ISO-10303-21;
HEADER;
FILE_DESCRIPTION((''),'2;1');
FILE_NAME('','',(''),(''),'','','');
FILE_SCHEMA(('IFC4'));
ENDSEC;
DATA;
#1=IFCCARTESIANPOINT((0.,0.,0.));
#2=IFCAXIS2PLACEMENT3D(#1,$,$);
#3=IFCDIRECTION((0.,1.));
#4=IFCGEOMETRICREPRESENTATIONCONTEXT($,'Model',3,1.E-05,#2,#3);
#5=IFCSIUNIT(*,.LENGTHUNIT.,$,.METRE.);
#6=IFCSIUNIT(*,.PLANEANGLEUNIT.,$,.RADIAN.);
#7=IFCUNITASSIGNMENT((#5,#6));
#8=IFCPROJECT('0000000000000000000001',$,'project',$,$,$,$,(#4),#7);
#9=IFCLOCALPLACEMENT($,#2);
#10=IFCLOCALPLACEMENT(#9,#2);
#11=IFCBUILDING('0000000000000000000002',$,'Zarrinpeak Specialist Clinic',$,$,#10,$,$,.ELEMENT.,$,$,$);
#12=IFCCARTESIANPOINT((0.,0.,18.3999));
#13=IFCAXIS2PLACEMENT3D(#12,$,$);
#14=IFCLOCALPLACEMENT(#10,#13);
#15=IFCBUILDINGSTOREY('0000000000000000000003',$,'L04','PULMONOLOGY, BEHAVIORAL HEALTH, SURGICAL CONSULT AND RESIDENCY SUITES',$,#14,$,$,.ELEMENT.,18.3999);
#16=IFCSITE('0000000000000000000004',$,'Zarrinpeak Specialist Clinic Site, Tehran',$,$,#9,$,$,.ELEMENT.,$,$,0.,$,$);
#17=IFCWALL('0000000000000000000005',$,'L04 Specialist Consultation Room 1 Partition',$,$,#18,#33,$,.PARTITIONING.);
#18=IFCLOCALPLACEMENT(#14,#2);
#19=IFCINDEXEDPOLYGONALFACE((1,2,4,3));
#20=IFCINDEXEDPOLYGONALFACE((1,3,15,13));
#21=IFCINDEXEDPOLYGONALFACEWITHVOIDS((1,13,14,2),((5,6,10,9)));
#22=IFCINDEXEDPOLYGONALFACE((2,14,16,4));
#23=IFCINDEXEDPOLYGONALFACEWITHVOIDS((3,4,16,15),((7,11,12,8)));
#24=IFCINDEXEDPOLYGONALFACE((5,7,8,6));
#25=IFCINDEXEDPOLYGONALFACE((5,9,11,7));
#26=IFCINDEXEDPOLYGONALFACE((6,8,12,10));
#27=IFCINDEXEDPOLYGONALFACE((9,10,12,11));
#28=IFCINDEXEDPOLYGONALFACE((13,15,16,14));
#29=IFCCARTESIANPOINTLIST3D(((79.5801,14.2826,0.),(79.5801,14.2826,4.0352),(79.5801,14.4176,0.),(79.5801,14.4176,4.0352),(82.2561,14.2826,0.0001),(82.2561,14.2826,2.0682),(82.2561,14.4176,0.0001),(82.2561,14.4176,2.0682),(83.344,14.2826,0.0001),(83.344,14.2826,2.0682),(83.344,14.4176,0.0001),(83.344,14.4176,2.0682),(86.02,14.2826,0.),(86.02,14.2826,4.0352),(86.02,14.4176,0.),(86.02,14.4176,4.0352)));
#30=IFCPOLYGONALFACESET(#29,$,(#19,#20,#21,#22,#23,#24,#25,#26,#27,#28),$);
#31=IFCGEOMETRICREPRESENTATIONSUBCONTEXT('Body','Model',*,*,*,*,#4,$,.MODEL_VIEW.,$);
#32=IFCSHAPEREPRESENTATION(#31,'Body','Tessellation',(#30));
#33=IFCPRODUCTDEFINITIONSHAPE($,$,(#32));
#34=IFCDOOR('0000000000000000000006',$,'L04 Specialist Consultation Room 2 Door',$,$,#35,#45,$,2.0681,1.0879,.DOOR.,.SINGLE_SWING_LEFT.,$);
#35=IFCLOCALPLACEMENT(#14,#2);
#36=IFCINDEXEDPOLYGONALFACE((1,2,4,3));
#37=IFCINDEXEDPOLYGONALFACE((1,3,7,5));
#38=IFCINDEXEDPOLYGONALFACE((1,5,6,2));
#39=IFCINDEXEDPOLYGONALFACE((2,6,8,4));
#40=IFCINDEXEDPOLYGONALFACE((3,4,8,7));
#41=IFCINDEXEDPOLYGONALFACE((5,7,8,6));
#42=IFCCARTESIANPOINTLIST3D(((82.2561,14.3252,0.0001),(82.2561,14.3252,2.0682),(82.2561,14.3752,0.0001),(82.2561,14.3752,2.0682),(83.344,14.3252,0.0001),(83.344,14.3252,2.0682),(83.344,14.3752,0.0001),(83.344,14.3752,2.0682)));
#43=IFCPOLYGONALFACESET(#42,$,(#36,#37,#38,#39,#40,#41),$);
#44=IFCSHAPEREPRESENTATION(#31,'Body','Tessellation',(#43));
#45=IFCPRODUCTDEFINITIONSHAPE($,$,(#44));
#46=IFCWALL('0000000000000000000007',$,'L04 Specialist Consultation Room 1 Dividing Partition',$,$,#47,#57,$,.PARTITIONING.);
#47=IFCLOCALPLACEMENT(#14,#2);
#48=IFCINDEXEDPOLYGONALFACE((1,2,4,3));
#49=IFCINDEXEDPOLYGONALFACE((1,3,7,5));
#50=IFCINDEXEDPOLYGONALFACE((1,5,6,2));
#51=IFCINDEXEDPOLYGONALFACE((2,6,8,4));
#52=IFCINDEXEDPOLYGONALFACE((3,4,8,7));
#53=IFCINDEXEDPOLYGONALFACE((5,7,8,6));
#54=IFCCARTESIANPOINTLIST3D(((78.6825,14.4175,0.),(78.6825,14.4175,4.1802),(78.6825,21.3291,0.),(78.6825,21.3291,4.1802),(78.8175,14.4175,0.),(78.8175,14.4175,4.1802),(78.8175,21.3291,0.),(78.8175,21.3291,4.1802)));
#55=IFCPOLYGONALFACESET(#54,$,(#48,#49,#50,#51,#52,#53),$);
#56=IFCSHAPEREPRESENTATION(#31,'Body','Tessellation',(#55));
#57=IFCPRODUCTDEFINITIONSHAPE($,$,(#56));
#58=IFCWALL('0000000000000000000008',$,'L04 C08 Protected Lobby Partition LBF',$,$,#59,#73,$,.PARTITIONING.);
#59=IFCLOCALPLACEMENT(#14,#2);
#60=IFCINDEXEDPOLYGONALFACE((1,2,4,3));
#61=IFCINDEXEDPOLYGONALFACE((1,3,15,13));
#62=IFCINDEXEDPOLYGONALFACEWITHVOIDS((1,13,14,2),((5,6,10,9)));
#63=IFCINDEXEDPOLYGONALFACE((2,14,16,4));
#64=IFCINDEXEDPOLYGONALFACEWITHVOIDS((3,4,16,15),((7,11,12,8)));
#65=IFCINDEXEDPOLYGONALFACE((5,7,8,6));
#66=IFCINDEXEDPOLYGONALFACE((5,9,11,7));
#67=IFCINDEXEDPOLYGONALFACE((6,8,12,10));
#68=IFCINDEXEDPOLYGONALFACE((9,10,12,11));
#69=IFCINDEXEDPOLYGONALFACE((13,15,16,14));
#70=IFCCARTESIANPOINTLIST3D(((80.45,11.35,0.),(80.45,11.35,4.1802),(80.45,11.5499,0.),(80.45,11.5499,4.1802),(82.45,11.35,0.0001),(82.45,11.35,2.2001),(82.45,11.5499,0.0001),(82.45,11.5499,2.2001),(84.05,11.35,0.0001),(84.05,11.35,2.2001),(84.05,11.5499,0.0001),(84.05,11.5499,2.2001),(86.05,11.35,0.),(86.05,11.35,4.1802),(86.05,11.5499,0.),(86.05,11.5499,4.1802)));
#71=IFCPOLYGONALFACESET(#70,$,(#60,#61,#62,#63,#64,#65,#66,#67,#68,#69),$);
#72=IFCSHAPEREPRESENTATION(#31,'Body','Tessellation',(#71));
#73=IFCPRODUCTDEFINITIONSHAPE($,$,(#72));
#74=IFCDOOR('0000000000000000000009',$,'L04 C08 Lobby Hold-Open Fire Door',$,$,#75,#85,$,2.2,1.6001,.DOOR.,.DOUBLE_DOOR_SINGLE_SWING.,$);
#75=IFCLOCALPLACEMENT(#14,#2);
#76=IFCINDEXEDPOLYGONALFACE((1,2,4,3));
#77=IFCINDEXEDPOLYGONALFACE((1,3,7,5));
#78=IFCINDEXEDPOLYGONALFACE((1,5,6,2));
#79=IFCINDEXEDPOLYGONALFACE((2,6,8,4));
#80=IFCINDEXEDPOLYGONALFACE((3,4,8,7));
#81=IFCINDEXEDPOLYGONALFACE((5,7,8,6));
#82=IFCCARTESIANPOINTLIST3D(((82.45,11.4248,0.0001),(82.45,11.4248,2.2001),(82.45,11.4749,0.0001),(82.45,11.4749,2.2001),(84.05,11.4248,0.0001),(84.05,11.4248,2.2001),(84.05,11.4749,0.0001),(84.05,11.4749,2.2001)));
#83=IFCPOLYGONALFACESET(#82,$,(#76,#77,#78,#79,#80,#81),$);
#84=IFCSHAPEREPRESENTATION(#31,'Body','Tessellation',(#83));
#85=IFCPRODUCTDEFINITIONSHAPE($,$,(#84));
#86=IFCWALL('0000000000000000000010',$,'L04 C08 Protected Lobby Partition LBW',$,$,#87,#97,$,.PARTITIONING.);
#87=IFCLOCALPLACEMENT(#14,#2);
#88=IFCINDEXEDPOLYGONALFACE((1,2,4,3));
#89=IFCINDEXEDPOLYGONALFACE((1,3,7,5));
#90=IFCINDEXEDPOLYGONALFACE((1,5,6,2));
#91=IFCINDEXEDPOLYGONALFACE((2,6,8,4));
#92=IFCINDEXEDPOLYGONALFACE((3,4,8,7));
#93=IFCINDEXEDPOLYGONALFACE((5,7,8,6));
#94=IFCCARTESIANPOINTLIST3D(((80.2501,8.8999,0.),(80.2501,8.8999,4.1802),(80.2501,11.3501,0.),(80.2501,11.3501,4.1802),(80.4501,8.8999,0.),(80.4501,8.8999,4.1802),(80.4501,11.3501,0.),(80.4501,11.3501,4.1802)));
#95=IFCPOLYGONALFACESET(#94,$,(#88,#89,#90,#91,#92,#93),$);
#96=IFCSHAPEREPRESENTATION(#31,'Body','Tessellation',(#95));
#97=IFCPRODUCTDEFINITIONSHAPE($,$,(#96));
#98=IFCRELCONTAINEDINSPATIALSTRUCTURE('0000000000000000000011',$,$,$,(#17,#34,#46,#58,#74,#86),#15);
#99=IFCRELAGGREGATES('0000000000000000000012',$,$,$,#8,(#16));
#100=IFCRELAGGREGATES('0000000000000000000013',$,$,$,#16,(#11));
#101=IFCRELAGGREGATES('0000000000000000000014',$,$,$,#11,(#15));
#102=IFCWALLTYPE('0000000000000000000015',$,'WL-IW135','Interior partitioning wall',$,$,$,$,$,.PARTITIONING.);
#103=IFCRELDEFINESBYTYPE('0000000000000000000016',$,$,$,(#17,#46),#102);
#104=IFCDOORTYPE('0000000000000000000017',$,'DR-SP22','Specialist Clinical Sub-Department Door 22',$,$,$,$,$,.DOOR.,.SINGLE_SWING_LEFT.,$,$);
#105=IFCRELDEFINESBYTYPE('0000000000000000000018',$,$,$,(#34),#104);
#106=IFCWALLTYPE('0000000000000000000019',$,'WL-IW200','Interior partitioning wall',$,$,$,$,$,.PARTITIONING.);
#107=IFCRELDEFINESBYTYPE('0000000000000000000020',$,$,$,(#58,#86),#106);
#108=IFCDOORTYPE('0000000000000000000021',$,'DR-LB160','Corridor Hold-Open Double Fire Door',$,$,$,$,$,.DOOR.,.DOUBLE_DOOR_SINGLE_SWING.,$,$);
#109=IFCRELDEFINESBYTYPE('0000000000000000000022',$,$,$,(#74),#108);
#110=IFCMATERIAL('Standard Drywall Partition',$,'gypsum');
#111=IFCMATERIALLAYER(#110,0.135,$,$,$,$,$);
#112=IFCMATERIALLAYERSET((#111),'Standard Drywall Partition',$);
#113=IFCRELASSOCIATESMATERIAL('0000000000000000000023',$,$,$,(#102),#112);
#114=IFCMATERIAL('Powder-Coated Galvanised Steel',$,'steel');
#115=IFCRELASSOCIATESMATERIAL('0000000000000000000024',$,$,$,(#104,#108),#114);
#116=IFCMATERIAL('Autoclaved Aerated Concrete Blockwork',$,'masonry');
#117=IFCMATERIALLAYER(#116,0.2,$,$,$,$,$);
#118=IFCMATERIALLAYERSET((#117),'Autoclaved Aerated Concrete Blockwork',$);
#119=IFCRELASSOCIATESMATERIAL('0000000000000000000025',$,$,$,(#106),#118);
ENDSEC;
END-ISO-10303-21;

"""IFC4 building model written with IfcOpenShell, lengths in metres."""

from ifc_helpers import new_model, si_unit, direction, frame, frame_2d, origin, place, context, subcontext, project, spatial, rectangle, extrude, material, layer, layer_set, type_object, element, fill, save


model = new_model("IFC4")

# Units and contexts
model_context = context("Model", 3, precision=1e-05, world=origin(), true_north=direction((0.0, 1.0)))
body_context = subcontext(model_context, "Body", "Model", "MODEL_VIEW")
ifc_project = project(units=[si_unit("LENGTHUNIT", "METRE"), si_unit("PLANEANGLEUNIT", "RADIAN")], contexts=[model_context])

# Site, building, storey
site_placement = place(None, origin())
site = spatial("IfcSite", under=ifc_project, at=site_placement, Name="Zarrinpeak Specialist Clinic Site, Tehran", CompositionType="ELEMENT", RefElevation=0.0)
building_placement = place(site_placement, origin())
building = spatial("IfcBuilding", under=site, at=building_placement, Name="Zarrinpeak Specialist Clinic", CompositionType="ELEMENT")
storey_placement = place(building_placement, frame((0.0, 0.0, 18.3999)))
storey = spatial("IfcBuildingStorey", under=building, at=storey_placement, Name="L04", Description="PULMONOLOGY, BEHAVIORAL HEALTH, SURGICAL CONSULT AND RESIDENCY SUITES", CompositionType="ELEMENT", Elevation=18.3999)

# Shared definitions
ifc_material_1 = material(Name="Powder-Coated Galvanised Steel", Category="steel")

# Wall, opening, door
ifc_material_2 = material(Name="Standard Drywall Partition", Category="gypsum")
ifc_layer_1 = layer(ifc_material_2, 0.135)
ifc_layer_set_1 = layer_set([ifc_layer_1], Name="Standard Drywall Partition")
wall_type_1 = type_object("IfcWallType", Name="WL-IW135", Description="Interior partitioning wall", PredefinedType="PARTITIONING", material=ifc_layer_set_1)
wall_1_placement = place(storey_placement, frame((79.5801, 14.3501, 0.0), z_axis=(0.0, 0.0, 1.0), x_axis=(1.0, 0.0, 0.0)))
wall_1 = element("IfcWall", 1, at=wall_1_placement, inside=storey, type_object=wall_type_1, Name="L04 Specialist Consultation Room 1 Partition", PredefinedType="PARTITIONING", context=body_context, shape_type="SweptSolid", body=[
    extrude(rectangle(XDim=6.4399, YDim=0.135, at=frame_2d((3.22, 0.0))), origin(), (0.0, 0.0, 1.0), 4.0352),
])
opening_1_placement = place(wall_1_placement, frame((2.676, 0.0, 0.0)))
opening_1 = element("IfcOpeningElement", 2, at=opening_1_placement, cuts=wall_1, PredefinedType="OPENING", context=body_context, shape_type="SweptSolid", body=[
    extrude(rectangle(XDim=1.0879, YDim=2.0681, at=frame_2d((0.5439, 1.0342))), frame((0.0, 0.0776, 0.0), z_axis=(0.0, -1.0, 0.0), x_axis=(1.0, 0.0, 0.0)), (0.0, 0.0, 1.0), 0.155),
])
door_type_1 = type_object("IfcDoorType", Name="DR-SP22", Description="Specialist Clinical Sub-Department Door 22", OperationType="SINGLE_SWING_LEFT", PredefinedType="DOOR", material=ifc_material_1)
door_1_placement = place(opening_1_placement, frame((1.0879, 0.0, 0.0), z_axis=(0.0, 0.0, 1.0), x_axis=(-1.0, 0.0, 0.0)))
door_1 = element("IfcDoor", 3, at=door_1_placement, inside=storey, type_object=door_type_1, Name="L04 Specialist Consultation Room 2 Door", OperationType="SINGLE_SWING_LEFT", OverallHeight=2.0681, OverallWidth=1.0879, PredefinedType="DOOR", context=body_context, shape_type="SweptSolid", body=[
    extrude(rectangle(XDim=1.0879, YDim=2.0681, at=frame_2d((0.5439, 1.0342))), frame((0.0, 0.0249, 0.0), z_axis=(0.0, -1.0, 0.0), x_axis=(1.0, 0.0, 0.0)), (0.0, 0.0, 1.0), 0.05),
])
fill(opening_1, door_1)

# Wall
wall_2_placement = place(storey_placement, frame((78.75, 14.4175, 0.0), z_axis=(0.0, 0.0, 1.0), x_axis=(0.0, 1.0, 0.0)))
element("IfcWall", 4, at=wall_2_placement, inside=storey, type_object=wall_type_1, Name="L04 Specialist Consultation Room 1 Dividing Partition", PredefinedType="PARTITIONING", context=body_context, shape_type="SweptSolid", body=[
    extrude(rectangle(XDim=6.9116, YDim=0.135, at=frame_2d((3.4558, 0.0))), origin(), (0.0, 0.0, 1.0), 4.1802),
])

# Wall, opening, door
ifc_material_3 = material(Name="Autoclaved Aerated Concrete Blockwork", Category="masonry")
ifc_layer_2 = layer(ifc_material_3, 0.2)
ifc_layer_set_2 = layer_set([ifc_layer_2], Name="Autoclaved Aerated Concrete Blockwork")
wall_type_2 = type_object("IfcWallType", Name="WL-IW200", Description="Interior partitioning wall", PredefinedType="PARTITIONING", material=ifc_layer_set_2)
wall_3_placement = place(storey_placement, frame((80.45, 11.45, 0.0), z_axis=(0.0, 0.0, 1.0), x_axis=(1.0, 0.0, 0.0)))
wall_3 = element("IfcWall", 5, at=wall_3_placement, inside=storey, type_object=wall_type_2, Name="L04 C08 Protected Lobby Partition LBF", PredefinedType="PARTITIONING", context=body_context, shape_type="SweptSolid", body=[
    extrude(rectangle(XDim=5.6001, YDim=0.2, at=frame_2d((2.8, 0.0))), origin(), (0.0, 0.0, 1.0), 4.1802),
])
opening_2_placement = place(wall_3_placement, frame((2.0, 0.0, 0.0)))
opening_2 = element("IfcOpeningElement", 6, at=opening_2_placement, cuts=wall_3, PredefinedType="OPENING", context=body_context, shape_type="SweptSolid", body=[
    extrude(rectangle(XDim=1.6001, YDim=2.2, at=frame_2d((0.8, 1.1001))), frame((0.0, 0.1099, 0.0), z_axis=(0.0, -1.0, 0.0), x_axis=(1.0, 0.0, 0.0)), (0.0, 0.0, 1.0), 0.22),
])
door_type_2 = type_object("IfcDoorType", Name="DR-LB160", Description="Corridor Hold-Open Double Fire Door", OperationType="DOUBLE_DOOR_SINGLE_SWING", PredefinedType="DOOR", material=ifc_material_1)
door_2_placement = place(opening_2_placement, origin())
door_2 = element("IfcDoor", 7, at=door_2_placement, inside=storey, type_object=door_type_2, Name="L04 C08 Lobby Hold-Open Fire Door", OperationType="DOUBLE_DOOR_SINGLE_SWING", OverallHeight=2.2, OverallWidth=1.6001, PredefinedType="DOOR", context=body_context, shape_type="SweptSolid", body=[
    extrude(rectangle(XDim=1.6001, YDim=2.2, at=frame_2d((0.8, 1.1001))), frame((0.0, 0.0249, 0.0), z_axis=(0.0, -1.0, 0.0), x_axis=(1.0, 0.0, 0.0)), (0.0, 0.0, 1.0), 0.05),
])
fill(opening_2, door_2)

# Wall
wall_4_placement = place(storey_placement, frame((80.3501, 8.8999, 0.0), z_axis=(0.0, 0.0, 1.0), x_axis=(0.0, 1.0, 0.0)))
element("IfcWall", 8, at=wall_4_placement, inside=storey, type_object=wall_type_2, Name="L04 C08 Protected Lobby Partition LBW", PredefinedType="PARTITIONING", context=body_context, shape_type="SweptSolid", body=[
    extrude(rectangle(XDim=2.4502, YDim=0.2, at=frame_2d((1.2251, 0.0))), origin(), (0.0, 0.0, 1.0), 4.1802),
])

save(model, "model.ifc")
